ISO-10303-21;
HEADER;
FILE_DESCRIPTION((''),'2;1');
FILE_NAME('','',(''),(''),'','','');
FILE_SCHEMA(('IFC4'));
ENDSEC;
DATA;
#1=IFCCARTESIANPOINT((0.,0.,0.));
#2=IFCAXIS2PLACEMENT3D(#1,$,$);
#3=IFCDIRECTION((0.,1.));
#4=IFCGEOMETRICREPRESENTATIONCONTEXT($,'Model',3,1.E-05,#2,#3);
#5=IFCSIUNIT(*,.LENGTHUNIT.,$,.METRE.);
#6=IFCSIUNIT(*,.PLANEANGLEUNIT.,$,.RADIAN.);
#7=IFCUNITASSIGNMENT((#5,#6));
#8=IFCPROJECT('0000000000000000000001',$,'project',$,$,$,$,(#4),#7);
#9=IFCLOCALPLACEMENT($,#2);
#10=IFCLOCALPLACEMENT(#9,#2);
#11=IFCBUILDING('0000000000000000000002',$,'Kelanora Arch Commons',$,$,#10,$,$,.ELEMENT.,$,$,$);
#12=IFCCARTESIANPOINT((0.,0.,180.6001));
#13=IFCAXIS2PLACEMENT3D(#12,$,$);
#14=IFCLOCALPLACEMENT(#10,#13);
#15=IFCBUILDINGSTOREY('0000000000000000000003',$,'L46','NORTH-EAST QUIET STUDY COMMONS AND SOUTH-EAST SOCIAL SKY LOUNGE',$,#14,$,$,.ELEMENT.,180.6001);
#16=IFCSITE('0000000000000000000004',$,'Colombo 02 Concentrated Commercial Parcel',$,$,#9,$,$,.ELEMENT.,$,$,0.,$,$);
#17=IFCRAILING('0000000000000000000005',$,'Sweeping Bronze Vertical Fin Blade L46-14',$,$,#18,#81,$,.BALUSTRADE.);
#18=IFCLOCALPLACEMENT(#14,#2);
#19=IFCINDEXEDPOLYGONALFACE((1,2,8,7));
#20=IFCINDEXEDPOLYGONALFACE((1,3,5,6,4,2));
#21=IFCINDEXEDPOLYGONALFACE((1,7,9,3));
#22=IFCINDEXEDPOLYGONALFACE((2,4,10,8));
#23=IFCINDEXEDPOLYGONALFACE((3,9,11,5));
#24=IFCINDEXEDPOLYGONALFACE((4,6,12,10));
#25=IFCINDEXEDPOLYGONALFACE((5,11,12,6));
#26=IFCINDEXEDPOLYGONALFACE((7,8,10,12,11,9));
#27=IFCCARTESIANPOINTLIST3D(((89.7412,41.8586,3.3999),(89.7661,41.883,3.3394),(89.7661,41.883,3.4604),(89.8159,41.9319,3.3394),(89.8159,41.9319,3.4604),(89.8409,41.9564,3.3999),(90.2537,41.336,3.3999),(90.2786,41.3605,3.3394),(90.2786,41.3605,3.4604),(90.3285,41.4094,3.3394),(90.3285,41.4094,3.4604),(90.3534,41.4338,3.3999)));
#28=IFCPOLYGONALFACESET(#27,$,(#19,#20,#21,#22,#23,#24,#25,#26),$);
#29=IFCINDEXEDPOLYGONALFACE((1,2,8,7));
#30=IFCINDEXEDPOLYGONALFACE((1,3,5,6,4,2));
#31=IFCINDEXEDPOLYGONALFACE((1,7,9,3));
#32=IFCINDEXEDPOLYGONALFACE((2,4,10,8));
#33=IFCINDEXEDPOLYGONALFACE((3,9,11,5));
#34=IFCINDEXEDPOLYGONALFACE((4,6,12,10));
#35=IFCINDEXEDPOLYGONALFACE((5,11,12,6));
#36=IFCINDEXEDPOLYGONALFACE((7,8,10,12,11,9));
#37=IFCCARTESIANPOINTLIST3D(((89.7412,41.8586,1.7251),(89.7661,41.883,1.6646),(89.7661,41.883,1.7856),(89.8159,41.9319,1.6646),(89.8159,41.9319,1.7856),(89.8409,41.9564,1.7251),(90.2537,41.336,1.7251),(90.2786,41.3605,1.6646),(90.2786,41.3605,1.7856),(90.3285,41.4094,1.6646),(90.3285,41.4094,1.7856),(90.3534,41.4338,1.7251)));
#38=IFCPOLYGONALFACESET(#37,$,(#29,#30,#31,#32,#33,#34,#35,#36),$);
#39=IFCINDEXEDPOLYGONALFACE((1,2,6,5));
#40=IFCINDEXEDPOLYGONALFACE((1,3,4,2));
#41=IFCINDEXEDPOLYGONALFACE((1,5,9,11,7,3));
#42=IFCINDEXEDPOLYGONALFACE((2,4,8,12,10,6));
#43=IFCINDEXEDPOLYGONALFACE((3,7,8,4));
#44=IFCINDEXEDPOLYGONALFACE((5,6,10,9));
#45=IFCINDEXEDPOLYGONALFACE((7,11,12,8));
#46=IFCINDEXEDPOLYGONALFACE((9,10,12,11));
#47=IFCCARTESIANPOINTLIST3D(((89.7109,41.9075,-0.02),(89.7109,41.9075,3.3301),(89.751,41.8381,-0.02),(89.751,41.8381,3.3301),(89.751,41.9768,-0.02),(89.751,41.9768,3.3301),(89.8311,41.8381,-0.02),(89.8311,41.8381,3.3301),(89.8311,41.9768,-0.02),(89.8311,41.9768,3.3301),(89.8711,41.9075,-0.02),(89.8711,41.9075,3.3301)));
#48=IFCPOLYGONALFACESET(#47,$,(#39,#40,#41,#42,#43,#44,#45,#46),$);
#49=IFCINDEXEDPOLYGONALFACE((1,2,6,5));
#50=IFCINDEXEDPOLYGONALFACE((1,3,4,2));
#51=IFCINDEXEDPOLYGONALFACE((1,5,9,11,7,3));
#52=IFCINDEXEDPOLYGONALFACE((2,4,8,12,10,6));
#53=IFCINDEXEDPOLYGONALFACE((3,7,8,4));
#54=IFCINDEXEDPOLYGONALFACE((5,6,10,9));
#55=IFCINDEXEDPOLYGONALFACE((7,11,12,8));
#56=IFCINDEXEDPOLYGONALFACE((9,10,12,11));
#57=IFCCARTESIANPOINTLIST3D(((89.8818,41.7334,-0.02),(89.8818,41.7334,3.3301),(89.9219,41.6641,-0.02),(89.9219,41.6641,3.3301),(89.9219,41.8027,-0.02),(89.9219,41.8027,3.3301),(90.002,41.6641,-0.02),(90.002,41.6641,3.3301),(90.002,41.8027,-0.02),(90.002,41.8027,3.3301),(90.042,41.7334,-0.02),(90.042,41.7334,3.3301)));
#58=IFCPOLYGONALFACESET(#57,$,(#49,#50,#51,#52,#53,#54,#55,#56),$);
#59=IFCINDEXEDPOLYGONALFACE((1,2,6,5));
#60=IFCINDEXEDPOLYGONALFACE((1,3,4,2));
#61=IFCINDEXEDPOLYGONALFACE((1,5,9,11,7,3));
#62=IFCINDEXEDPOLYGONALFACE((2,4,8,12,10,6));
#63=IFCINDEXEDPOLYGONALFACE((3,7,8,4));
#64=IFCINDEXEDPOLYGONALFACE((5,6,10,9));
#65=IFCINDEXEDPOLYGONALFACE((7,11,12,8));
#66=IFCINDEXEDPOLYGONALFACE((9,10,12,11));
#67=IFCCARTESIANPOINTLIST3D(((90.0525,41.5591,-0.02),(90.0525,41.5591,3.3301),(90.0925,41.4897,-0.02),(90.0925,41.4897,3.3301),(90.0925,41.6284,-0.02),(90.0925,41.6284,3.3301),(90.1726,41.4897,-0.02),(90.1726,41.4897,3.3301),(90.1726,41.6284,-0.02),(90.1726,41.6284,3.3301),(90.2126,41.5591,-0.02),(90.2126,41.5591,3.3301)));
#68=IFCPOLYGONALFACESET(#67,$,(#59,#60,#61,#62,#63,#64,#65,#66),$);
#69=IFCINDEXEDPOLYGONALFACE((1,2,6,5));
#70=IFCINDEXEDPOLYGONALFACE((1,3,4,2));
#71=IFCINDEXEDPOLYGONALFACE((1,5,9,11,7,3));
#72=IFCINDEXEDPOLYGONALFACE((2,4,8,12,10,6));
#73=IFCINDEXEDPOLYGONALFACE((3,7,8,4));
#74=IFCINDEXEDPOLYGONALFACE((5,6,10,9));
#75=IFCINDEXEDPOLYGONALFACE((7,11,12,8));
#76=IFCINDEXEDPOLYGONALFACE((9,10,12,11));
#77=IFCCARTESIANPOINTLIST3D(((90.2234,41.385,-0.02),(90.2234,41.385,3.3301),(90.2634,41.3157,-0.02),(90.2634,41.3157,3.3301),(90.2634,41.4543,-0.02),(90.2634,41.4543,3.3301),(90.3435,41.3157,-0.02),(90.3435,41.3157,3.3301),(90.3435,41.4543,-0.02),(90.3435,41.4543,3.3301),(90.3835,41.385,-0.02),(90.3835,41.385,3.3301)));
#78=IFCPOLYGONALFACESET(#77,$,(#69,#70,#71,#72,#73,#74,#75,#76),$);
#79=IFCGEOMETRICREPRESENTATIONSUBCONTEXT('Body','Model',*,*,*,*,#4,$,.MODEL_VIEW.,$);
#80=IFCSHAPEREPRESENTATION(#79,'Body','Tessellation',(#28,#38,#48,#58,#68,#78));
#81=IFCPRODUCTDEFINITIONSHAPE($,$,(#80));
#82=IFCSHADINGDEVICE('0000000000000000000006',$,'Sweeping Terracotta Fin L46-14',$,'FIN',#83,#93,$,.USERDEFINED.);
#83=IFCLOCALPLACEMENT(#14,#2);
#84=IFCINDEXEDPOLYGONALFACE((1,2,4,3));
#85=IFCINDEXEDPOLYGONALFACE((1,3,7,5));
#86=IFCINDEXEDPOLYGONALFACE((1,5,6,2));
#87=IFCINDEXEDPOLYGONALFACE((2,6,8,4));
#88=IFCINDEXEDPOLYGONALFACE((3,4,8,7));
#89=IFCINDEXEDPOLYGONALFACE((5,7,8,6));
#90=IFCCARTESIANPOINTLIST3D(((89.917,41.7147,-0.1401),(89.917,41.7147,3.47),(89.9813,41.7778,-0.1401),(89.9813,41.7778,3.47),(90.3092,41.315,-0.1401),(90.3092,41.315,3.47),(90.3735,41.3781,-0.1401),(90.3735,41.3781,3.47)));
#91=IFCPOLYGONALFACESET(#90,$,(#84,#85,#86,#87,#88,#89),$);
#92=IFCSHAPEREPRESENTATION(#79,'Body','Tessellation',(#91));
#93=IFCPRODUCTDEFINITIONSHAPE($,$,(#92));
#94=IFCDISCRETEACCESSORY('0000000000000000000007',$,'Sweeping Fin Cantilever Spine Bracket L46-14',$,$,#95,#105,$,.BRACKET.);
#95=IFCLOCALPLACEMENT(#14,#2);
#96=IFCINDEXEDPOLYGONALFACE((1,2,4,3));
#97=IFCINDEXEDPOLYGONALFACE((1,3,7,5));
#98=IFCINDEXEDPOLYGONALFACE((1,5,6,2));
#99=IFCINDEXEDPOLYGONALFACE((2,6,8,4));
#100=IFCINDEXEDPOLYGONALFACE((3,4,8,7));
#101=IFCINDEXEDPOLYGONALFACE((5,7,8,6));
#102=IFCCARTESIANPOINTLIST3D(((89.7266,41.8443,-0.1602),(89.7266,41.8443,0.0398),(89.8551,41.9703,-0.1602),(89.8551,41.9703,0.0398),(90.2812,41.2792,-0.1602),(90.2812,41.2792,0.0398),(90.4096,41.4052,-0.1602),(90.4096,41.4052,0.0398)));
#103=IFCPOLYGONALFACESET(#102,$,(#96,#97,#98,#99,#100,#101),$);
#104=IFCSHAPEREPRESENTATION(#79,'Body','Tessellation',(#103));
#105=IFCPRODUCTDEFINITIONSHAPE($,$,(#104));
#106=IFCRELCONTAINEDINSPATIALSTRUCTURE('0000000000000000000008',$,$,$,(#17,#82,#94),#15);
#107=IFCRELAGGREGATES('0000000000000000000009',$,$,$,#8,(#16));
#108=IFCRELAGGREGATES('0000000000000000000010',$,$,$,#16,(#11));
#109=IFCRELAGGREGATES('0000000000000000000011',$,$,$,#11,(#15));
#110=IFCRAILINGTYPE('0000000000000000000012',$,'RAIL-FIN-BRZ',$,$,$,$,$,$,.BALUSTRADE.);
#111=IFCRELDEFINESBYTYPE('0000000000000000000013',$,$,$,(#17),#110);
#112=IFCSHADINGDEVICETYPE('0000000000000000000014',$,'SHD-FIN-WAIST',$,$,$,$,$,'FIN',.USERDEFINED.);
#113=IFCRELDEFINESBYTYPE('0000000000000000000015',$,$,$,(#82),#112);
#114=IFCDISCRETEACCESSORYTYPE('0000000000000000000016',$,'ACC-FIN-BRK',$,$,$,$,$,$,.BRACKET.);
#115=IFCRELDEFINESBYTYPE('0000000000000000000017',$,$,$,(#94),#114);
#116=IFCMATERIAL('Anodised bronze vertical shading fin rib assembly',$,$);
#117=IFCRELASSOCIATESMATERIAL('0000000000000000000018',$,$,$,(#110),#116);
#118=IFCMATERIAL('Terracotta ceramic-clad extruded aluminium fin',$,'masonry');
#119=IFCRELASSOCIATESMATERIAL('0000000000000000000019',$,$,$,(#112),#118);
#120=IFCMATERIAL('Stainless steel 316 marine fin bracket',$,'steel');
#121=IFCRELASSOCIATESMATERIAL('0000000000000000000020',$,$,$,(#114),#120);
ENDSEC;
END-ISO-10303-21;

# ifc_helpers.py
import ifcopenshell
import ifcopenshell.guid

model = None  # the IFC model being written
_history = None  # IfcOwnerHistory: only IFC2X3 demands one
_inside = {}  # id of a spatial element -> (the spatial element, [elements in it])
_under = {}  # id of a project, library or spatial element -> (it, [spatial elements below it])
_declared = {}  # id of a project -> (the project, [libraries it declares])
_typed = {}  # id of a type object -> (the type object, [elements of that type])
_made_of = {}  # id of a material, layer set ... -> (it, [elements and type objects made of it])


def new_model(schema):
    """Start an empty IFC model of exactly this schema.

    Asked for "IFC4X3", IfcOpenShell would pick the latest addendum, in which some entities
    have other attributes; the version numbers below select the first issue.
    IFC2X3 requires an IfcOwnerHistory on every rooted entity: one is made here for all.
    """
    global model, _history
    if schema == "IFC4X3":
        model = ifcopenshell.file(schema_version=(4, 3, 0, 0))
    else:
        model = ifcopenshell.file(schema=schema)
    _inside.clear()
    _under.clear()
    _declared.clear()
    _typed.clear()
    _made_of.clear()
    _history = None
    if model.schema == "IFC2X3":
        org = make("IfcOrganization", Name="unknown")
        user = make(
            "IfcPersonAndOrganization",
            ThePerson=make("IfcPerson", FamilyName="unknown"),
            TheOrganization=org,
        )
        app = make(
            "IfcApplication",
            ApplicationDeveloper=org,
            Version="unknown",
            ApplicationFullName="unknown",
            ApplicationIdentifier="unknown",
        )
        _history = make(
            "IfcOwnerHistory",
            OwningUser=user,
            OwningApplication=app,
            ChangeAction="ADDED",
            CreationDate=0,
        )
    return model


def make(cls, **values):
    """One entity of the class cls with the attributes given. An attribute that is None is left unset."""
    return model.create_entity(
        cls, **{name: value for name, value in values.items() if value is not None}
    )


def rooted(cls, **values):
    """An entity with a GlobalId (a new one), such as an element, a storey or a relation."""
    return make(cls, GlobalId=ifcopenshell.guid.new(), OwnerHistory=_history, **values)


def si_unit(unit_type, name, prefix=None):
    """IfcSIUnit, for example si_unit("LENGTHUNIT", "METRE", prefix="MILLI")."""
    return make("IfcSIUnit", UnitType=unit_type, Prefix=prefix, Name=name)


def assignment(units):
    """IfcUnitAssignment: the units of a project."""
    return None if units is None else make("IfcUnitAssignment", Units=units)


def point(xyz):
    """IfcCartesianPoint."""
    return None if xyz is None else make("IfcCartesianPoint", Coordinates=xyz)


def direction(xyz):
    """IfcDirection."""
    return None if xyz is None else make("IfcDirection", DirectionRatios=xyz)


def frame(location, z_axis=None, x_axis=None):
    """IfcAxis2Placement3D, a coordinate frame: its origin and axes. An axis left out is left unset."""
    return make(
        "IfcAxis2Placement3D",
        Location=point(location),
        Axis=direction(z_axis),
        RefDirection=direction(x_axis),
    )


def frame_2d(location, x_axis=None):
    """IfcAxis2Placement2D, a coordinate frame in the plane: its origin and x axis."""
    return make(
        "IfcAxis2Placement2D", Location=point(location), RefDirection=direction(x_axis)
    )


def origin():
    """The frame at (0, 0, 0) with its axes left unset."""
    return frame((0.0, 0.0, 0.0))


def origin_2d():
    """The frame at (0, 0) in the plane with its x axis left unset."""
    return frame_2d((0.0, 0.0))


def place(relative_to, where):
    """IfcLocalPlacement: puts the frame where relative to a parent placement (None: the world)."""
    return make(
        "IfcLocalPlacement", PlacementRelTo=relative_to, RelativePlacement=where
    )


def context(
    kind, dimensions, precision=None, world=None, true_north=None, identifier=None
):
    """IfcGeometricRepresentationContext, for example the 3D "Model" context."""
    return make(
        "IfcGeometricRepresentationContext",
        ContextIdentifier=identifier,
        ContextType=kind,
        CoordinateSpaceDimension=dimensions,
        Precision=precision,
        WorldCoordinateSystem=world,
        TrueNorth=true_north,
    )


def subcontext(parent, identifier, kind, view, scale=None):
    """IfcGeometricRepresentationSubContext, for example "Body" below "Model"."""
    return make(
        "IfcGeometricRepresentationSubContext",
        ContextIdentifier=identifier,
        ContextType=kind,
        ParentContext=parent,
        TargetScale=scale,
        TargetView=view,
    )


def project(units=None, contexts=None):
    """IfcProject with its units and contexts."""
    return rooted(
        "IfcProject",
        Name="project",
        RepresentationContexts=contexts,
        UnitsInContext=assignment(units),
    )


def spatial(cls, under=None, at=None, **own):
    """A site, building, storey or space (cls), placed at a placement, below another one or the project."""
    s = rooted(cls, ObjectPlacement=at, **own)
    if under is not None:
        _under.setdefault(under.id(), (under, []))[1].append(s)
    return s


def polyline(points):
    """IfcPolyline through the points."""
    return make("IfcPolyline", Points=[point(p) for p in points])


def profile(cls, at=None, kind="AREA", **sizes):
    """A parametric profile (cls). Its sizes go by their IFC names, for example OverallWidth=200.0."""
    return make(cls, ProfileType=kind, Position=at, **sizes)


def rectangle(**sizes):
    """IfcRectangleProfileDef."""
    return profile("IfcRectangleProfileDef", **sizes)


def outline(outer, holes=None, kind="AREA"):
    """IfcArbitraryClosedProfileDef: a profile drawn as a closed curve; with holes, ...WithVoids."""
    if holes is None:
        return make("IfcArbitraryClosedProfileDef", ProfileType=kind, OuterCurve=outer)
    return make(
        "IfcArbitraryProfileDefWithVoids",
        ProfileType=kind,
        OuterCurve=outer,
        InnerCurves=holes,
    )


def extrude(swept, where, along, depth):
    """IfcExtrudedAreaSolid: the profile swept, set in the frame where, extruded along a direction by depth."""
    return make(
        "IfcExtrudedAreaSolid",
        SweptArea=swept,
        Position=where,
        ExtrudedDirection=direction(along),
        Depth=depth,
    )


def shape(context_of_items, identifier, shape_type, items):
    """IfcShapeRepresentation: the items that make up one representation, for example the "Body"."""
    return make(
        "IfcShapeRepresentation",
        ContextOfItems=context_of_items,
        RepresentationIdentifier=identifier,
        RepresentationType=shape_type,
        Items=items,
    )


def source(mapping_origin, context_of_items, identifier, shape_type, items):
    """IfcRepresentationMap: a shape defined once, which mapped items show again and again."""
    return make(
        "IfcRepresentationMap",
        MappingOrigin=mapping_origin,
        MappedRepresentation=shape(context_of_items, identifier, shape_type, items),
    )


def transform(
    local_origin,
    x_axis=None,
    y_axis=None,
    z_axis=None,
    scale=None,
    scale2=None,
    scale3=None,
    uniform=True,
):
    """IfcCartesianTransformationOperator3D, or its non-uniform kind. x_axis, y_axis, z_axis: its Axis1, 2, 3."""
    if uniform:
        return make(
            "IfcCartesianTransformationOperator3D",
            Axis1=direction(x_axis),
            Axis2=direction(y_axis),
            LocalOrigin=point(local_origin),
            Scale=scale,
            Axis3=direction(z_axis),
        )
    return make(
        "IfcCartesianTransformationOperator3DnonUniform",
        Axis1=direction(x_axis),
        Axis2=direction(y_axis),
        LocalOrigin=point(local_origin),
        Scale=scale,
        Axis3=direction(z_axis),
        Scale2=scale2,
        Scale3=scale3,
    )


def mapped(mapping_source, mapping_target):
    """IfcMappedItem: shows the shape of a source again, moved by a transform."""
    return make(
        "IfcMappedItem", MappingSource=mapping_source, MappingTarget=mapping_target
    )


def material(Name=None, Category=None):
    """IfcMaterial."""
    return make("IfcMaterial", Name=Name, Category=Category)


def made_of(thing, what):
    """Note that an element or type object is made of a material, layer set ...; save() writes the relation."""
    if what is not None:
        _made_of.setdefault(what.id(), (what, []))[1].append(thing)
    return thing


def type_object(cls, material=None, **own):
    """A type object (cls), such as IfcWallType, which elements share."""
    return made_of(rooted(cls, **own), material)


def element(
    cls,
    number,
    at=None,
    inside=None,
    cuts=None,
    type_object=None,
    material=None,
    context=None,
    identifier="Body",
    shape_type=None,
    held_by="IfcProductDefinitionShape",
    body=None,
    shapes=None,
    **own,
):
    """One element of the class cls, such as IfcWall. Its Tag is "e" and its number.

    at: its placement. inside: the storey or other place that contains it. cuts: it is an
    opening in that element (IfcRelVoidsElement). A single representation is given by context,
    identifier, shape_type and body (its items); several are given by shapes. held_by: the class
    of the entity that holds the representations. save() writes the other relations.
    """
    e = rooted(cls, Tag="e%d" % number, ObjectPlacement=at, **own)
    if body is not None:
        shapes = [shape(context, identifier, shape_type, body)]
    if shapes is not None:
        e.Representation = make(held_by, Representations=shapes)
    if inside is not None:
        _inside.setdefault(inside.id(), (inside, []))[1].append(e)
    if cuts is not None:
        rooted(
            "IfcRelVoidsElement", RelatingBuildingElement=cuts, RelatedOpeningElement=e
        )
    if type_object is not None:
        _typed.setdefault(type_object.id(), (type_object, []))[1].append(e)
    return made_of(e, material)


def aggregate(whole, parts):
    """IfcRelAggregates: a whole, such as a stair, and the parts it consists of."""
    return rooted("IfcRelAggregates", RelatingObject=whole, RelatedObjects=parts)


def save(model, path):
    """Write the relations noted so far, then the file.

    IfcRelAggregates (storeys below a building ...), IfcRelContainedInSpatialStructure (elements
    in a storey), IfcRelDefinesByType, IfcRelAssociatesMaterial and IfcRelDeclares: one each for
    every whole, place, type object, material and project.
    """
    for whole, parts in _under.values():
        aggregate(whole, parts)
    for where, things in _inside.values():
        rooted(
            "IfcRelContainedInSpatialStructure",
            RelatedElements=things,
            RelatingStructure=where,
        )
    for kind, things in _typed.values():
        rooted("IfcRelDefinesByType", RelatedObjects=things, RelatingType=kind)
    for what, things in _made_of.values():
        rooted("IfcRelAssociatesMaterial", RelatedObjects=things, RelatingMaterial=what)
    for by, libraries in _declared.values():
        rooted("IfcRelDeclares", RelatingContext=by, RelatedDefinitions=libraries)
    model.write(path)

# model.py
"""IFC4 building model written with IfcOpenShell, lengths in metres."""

from ifc_helpers import new_model, si_unit, direction, frame, origin, origin_2d, place, context, subcontext, project, spatial, polyline, rectangle, outline, extrude, source, transform, mapped, material, type_object, element, save


model = new_model("IFC4")

# Units and contexts
model_context = context("Model", 3, precision=1e-05, world=origin(), true_north=direction((0.0, 1.0)))
body_context = subcontext(model_context, "Body", "Model", "MODEL_VIEW")
ifc_project = project(units=[si_unit("LENGTHUNIT", "METRE"), si_unit("PLANEANGLEUNIT", "RADIAN")], contexts=[model_context])

# Site, building, storey
site_placement = place(None, origin())
site = spatial("IfcSite", under=ifc_project, at=site_placement, Name="Colombo 02 Concentrated Commercial Parcel", CompositionType="ELEMENT", RefElevation=0.0)
building_placement = place(site_placement, origin())
building = spatial("IfcBuilding", under=site, at=building_placement, Name="Kelanora Arch Commons", CompositionType="ELEMENT")
storey_placement = place(building_placement, frame((0.0, 0.0, 180.6001)))
storey = spatial("IfcBuildingStorey", under=building, at=storey_placement, Name="L46", Description="NORTH-EAST QUIET STUDY COMMONS AND SOUTH-EAST SOCIAL SKY LOUNGE", CompositionType="ELEMENT", Elevation=180.6001)

# Railing
ifc_material_1 = material(Name="Anodised bronze vertical shading fin rib assembly")
railing_type = type_object("IfcRailingType", Name="RAIL-FIN-BRZ", PredefinedType="BALUSTRADE", material=ifc_material_1)
railing_placement = place(storey_placement, frame((89.791, 41.9075, -0.02)))
element("IfcRailing", 1, at=railing_placement, inside=storey, type_object=railing_type, Name="Sweeping Bronze Vertical Fin Blade L46-14", PredefinedType="BALUSTRADE", context=body_context, shape_type="SweptSolid", body=[
    extrude(outline(polyline([(0.0698, 0.0), (0.0349, 0.0605), (-0.0349, 0.0605), (-0.0698, 0.0), (-0.0349, -0.0605), (0.0349, -0.0605), (0.0698, 0.0)])), frame((0.0, 0.0, 3.4199), z_axis=(0.700235, -0.713913, 0.0), x_axis=(0.713913, 0.700235, 0.0)), (0.0, 0.0, 1.0), 0.7319),
    extrude(outline(polyline([(0.0698, 0.0), (0.0349, 0.0605), (-0.0349, 0.0605), (-0.0698, 0.0), (-0.0349, -0.0605), (0.0349, -0.0605), (0.0698, 0.0)])), frame((0.0, 0.0, 1.7451), z_axis=(0.700235, -0.713913, 0.0), x_axis=(0.713913, 0.700235, 0.0)), (0.0, 0.0, 1.0), 0.7319),
    extrude(outline(polyline([(0.0801, 0.0), (0.04, 0.0693), (-0.04, 0.0693), (-0.0801, 0.0), (-0.04, -0.0693), (0.04, -0.0693), (0.0801, 0.0)])), origin(), (0.0, 0.0, 1.0), 3.3501),
    extrude(outline(polyline([(0.0801, 0.0), (0.04, 0.0693), (-0.04, 0.0693), (-0.0801, 0.0), (-0.04, -0.0693), (0.04, -0.0693), (0.0801, 0.0)])), frame((0.1709, -0.1741, 0.0)), (0.0, 0.0, 1.0), 3.3501),
    extrude(outline(polyline([(0.0801, 0.0), (0.04, 0.0693), (-0.04, 0.0693), (-0.0801, 0.0), (-0.04, -0.0693), (0.04, -0.0693), (0.0801, 0.0)])), frame((0.3416, -0.3484, 0.0)), (0.0, 0.0, 1.0), 3.3501),
    extrude(outline(polyline([(0.0801, 0.0), (0.04, 0.0693), (-0.04, 0.0693), (-0.0801, 0.0), (-0.04, -0.0693), (0.04, -0.0693), (0.0801, 0.0)])), frame((0.5125, -0.5225, 0.0)), (0.0, 0.0, 1.0), 3.3501),
])

# Shading device
ifc_material_2 = material(Name="Terracotta ceramic-clad extruded aluminium fin", Category="masonry")
shading_device_type = type_object("IfcShadingDeviceType", Name="SHD-FIN-WAIST", ElementType="FIN", PredefinedType="USERDEFINED", material=ifc_material_2)
shared_shape_1 = source(origin(), body_context, "Body", "SweptSolid", [
    extrude(rectangle(XDim=0.5601, YDim=0.0901, at=origin_2d()), origin(), (0.0, 0.0, 1.0), 3.6101),
])
shading_device_placement = place(storey_placement, frame((90.1453, 41.5464, -0.1401), z_axis=(0.0, 0.0, 1.0), x_axis=(0.700411, -0.71374, 0.0)))
element("IfcShadingDevice", 2, at=shading_device_placement, inside=storey, type_object=shading_device_type, Name="Sweeping Terracotta Fin L46-14", ObjectType="FIN", PredefinedType="USERDEFINED", context=body_context, shape_type="MappedRepresentation", body=[
    mapped(shared_shape_1, transform((0.0, 0.0, 0.0), scale=1.0)),
])

# Discrete accessory
ifc_material_3 = material(Name="Stainless steel 316 marine fin bracket", Category="steel")
discrete_accessory_type = type_object("IfcDiscreteAccessoryType", Name="ACC-FIN-BRK", PredefinedType="BRACKET", material=ifc_material_3)
shared_shape_2 = source(origin(), body_context, "Body", "SweptSolid", [
    extrude(rectangle(XDim=0.7917, YDim=0.1799, at=origin_2d()), origin(), (0.0, 0.0, 1.0), 0.2),
])
discrete_accessory_placement = place(storey_placement, frame((90.0681, 41.6248, -0.1602), z_axis=(0.0, 0.0, 1.0), x_axis=(0.700411, -0.71374, 0.0)))
element("IfcDiscreteAccessory", 3, at=discrete_accessory_placement, inside=storey, type_object=discrete_accessory_type, Name="Sweeping Fin Cantilever Spine Bracket L46-14", PredefinedType="BRACKET", context=body_context, shape_type="MappedRepresentation", body=[
    mapped(shared_shape_2, transform((0.0, 0.0, 0.0), scale=1.0)),
])

save(model, "model.ifc")
